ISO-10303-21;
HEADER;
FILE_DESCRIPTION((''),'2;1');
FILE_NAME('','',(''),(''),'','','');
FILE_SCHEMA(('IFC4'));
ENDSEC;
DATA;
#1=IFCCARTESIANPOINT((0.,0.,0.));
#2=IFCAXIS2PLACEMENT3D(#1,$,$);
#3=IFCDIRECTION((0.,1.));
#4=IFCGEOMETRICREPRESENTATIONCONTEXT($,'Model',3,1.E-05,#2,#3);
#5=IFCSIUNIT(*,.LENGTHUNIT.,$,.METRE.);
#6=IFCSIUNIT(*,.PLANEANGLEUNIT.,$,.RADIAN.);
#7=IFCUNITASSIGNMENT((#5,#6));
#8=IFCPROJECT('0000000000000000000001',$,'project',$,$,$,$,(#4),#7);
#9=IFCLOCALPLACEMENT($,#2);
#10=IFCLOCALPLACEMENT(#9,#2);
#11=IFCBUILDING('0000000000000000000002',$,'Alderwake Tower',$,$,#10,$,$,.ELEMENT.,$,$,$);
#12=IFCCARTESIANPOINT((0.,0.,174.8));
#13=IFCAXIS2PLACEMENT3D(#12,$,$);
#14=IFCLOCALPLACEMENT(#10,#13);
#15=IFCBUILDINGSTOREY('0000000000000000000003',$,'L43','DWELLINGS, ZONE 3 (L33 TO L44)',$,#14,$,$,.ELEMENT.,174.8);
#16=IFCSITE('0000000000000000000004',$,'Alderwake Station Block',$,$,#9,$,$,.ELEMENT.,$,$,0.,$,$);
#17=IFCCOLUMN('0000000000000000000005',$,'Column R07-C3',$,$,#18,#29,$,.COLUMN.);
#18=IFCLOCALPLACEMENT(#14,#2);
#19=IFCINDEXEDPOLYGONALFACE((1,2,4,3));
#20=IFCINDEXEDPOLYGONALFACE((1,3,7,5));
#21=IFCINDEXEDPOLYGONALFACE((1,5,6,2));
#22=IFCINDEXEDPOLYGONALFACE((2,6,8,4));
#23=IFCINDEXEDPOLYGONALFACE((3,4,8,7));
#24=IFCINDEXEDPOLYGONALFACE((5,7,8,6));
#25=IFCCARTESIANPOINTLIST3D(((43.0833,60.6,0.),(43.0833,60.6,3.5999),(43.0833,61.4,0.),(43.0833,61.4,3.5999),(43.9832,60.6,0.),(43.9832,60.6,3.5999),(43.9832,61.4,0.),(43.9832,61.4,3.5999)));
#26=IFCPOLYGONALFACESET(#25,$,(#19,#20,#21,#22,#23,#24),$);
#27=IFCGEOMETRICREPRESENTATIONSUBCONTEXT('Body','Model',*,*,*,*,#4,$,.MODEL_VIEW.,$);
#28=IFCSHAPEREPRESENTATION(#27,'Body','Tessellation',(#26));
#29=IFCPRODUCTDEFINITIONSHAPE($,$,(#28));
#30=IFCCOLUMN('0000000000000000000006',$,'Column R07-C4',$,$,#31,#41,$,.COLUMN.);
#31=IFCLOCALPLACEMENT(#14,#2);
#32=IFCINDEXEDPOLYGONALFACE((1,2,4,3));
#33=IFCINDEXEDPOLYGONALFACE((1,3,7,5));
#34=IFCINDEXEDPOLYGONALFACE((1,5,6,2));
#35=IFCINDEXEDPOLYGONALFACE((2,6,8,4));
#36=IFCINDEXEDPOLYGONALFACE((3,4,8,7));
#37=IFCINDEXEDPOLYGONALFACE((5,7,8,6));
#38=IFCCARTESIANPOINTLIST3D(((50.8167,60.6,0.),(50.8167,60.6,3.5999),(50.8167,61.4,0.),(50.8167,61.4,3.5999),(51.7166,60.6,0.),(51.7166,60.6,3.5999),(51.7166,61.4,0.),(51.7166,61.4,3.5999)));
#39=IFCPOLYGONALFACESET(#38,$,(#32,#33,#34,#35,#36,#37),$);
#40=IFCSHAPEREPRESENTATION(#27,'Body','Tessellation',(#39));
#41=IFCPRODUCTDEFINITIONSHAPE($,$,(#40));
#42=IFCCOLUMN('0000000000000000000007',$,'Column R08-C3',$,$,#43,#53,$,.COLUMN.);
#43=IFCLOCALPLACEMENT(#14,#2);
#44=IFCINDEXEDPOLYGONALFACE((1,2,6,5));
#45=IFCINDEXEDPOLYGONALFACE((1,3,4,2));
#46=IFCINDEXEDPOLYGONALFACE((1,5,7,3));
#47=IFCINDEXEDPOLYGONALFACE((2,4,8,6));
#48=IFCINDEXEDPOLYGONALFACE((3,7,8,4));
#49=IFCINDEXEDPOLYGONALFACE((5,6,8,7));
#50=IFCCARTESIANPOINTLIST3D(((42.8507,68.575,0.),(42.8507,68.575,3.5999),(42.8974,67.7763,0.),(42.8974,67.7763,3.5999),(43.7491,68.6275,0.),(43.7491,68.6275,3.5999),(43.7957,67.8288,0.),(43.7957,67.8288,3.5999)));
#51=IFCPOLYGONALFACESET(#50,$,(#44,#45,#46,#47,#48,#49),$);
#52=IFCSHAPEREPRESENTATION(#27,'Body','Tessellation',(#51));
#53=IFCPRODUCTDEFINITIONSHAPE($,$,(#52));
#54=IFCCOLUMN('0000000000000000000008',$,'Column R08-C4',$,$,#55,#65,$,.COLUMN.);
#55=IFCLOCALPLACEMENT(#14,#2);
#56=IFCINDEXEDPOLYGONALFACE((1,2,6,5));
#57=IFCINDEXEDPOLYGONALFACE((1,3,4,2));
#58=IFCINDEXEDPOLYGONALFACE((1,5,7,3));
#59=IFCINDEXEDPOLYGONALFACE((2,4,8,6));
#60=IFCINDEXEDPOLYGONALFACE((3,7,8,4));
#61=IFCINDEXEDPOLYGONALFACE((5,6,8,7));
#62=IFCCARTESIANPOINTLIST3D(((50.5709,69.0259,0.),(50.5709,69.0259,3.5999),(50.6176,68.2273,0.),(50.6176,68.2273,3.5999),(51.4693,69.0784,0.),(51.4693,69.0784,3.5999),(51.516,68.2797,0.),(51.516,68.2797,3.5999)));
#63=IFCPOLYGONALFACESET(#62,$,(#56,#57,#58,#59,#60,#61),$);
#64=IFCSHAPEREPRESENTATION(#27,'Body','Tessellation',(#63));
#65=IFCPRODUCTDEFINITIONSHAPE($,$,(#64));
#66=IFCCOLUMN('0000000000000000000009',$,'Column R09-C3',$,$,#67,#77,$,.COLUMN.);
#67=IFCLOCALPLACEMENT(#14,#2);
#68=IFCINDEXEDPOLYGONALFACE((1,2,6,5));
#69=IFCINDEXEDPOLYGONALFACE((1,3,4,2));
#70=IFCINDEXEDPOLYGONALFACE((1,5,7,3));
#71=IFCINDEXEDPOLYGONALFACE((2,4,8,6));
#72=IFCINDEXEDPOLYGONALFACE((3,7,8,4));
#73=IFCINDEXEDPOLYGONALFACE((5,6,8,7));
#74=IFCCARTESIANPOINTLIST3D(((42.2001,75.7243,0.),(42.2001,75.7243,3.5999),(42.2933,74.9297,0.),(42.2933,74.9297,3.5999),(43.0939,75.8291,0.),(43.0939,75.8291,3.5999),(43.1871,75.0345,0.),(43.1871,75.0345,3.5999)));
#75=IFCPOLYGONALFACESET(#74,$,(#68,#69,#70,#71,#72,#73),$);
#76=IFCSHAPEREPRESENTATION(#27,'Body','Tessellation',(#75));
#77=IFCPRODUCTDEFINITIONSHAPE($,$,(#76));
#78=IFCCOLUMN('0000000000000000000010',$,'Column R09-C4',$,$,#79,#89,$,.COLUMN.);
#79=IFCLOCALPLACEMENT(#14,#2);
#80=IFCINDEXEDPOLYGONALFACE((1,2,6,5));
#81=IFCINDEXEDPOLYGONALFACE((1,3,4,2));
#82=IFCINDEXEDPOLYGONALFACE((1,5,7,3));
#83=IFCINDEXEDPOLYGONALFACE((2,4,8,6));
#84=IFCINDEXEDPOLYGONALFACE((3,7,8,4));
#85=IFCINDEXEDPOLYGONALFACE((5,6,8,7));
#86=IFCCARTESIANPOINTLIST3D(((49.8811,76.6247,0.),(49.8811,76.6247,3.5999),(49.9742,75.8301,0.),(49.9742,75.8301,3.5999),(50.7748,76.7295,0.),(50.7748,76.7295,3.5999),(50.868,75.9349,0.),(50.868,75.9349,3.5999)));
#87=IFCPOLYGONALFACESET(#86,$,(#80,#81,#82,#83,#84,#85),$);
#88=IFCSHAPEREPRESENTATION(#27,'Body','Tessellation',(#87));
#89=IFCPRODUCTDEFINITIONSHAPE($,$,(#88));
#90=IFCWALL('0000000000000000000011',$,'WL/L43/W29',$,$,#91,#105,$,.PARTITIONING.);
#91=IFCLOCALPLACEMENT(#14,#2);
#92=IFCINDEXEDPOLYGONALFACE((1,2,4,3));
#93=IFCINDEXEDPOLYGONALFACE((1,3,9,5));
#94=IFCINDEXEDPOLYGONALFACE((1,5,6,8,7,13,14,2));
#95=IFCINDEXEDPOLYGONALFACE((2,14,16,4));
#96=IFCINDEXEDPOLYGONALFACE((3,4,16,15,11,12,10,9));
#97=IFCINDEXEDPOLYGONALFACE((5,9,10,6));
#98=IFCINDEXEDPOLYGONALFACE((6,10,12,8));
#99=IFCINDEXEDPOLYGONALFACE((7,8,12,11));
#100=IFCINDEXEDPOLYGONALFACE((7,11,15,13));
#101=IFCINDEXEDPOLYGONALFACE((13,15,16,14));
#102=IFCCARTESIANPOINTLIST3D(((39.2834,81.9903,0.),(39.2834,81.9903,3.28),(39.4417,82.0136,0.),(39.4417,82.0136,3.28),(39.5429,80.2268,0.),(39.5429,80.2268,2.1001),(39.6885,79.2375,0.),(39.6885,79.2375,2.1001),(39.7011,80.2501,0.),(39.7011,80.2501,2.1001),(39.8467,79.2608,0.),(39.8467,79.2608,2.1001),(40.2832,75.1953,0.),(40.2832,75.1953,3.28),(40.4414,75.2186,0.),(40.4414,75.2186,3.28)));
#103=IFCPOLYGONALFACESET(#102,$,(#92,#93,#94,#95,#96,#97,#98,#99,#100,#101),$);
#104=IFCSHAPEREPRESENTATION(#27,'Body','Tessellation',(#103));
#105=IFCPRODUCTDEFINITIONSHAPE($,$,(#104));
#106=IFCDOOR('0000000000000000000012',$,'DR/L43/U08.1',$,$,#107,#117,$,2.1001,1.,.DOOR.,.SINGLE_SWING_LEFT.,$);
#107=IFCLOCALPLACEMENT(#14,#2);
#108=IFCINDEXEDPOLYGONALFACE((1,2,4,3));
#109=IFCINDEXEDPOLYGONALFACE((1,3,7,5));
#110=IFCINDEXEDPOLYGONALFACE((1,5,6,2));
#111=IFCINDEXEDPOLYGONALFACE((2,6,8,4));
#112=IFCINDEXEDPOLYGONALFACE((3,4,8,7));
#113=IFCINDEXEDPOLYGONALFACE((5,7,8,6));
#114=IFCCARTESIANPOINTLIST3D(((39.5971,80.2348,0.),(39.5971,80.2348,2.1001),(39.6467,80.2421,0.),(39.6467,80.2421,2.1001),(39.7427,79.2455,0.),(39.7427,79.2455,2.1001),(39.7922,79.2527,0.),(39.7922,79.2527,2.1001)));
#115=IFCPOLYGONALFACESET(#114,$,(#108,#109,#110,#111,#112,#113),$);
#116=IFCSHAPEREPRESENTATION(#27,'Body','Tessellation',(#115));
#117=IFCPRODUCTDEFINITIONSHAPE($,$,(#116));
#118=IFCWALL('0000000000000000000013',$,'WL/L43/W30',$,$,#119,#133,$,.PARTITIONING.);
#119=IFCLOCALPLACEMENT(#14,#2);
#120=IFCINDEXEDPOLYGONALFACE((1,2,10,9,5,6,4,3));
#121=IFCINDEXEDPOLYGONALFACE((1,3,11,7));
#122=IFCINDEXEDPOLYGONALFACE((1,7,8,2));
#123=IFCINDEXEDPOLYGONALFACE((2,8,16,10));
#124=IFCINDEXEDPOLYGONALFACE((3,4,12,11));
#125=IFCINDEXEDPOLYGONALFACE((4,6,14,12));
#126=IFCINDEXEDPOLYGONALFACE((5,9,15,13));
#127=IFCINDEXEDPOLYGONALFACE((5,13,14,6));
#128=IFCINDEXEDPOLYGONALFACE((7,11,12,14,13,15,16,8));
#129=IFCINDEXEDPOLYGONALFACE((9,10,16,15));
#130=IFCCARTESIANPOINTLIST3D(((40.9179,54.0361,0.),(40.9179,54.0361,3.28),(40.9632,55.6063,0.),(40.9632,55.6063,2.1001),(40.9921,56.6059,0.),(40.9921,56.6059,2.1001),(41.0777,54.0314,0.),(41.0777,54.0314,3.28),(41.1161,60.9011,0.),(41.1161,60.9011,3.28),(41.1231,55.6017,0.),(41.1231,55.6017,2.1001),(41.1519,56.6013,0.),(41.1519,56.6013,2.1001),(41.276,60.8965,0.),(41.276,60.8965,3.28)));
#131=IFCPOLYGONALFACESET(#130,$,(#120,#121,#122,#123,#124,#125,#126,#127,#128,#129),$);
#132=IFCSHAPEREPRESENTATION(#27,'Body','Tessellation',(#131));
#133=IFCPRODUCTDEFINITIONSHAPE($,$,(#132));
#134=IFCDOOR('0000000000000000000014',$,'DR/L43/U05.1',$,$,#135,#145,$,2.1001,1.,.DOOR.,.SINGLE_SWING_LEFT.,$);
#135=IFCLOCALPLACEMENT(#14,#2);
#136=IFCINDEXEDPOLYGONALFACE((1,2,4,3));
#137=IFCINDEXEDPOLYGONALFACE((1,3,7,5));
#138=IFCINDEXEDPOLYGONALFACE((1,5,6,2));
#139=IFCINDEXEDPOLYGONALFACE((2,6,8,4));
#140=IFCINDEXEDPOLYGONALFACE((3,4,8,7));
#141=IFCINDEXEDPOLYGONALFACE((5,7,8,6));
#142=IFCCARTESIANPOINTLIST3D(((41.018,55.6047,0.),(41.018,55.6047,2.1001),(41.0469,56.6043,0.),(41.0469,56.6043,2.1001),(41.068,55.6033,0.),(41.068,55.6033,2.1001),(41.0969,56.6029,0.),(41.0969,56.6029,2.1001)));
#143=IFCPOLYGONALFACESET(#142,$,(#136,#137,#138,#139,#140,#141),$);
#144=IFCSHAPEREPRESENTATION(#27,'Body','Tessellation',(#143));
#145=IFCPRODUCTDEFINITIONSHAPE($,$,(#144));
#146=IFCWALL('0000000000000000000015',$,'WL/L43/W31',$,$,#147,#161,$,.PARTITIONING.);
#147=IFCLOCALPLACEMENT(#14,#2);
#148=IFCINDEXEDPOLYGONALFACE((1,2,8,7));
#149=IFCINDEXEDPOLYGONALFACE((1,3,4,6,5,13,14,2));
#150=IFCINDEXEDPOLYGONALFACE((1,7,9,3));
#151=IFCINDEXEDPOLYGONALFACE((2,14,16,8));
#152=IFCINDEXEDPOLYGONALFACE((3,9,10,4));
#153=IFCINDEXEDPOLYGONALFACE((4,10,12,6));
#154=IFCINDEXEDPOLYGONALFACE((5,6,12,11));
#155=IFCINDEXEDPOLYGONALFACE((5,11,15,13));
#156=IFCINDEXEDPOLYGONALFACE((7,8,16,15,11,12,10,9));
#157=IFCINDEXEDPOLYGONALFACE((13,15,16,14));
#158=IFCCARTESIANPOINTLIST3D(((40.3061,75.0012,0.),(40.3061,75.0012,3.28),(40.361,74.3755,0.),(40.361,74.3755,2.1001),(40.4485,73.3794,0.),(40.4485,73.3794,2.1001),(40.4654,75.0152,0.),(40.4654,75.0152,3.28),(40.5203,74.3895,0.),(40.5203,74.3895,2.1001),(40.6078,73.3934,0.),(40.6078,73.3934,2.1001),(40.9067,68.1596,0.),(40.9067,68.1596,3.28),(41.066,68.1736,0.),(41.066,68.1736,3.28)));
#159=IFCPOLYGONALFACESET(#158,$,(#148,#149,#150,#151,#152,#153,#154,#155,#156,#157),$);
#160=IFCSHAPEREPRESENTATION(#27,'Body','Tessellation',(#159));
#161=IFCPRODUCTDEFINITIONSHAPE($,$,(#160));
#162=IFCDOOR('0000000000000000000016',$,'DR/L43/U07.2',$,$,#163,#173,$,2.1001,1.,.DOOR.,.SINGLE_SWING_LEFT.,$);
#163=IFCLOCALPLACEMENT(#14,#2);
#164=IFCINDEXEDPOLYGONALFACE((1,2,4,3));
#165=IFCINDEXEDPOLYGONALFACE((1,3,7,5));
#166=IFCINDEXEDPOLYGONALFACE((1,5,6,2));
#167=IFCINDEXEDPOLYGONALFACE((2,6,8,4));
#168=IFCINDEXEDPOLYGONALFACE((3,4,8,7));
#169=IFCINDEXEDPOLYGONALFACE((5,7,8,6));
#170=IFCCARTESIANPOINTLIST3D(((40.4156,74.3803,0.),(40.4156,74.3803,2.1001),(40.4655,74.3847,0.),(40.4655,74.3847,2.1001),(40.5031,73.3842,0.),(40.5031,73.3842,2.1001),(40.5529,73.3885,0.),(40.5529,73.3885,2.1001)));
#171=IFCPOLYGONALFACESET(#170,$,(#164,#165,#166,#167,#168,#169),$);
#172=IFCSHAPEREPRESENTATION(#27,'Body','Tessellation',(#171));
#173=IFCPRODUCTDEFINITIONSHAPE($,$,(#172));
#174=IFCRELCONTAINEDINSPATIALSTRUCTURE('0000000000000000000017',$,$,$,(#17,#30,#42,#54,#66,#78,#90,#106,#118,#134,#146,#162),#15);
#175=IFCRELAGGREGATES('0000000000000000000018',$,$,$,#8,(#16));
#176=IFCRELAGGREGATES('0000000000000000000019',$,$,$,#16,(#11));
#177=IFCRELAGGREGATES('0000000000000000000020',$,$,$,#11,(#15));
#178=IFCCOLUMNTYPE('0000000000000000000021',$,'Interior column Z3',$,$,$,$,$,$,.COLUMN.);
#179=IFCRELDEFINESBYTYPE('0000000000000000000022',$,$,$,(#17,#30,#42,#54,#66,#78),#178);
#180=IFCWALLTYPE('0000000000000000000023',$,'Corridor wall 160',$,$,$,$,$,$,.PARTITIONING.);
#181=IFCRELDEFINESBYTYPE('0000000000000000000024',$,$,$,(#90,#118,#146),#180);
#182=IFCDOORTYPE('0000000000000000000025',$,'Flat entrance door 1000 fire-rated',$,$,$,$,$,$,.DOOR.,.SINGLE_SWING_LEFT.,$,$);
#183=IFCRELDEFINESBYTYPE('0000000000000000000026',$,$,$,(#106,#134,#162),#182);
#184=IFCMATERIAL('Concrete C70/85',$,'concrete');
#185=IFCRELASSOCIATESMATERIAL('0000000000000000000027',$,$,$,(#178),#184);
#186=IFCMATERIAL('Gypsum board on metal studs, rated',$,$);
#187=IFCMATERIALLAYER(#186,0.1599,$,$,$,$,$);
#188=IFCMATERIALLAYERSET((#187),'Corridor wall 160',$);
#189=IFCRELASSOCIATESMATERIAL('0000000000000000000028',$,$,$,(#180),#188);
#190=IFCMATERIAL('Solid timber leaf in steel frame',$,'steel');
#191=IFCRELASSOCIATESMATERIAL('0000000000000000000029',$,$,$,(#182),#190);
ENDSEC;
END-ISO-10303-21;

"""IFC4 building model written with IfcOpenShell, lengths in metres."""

from ifc_helpers import new_model, si_unit, direction, frame, frame_2d, origin, origin_2d, place, context, subcontext, project, spatial, rectangle, extrude, material, layer, layer_set, material_profile, profile_set, type_object, element, fill, save


model = new_model("IFC4")

# Units and contexts
model_context = context("Model", 3, precision=1e-05, world=origin(), true_north=direction((0.0, 1.0)))
body_context = subcontext(model_context, "Body", "Model", "MODEL_VIEW")
ifc_project = project(units=[si_unit("LENGTHUNIT", "METRE"), si_unit("PLANEANGLEUNIT", "RADIAN")], contexts=[model_context])

# Site, building, storey
site_placement = place(None, origin())
site = spatial("IfcSite", under=ifc_project, at=site_placement, Name="Alderwake Station Block", CompositionType="ELEMENT", RefElevation=0.0)
building_placement = place(site_placement, origin())
building = spatial("IfcBuilding", under=site, at=building_placement, Name="Alderwake Tower", CompositionType="ELEMENT")
storey_placement = place(building_placement, frame((0.0, 0.0, 174.8)))
storey = spatial("IfcBuildingStorey", under=building, at=storey_placement, Name="L43", Description="DWELLINGS, ZONE 3 (L33 TO L44)", CompositionType="ELEMENT", Elevation=174.8)

# Columns
ifc_material_1 = material(Name="Concrete C70/85", Category="concrete")
ifc_material_profile = material_profile(ifc_material_1, rectangle(XDim=0.8, YDim=0.8999, at=origin_2d()), Name="RC 900X800")
ifc_profile_set = profile_set([ifc_material_profile], Name="Concrete C70/85")
column_type = type_object("IfcColumnType", Name="Interior column Z3", PredefinedType="COLUMN", material=ifc_profile_set)
for number, where, z_axis, x_axis, name in (
    (1, (43.5332, 61.0, 0.0), (0.0, 0.0, 1.0), (0.0, 1.0, 0.0), "Column R07-C3"),
    (2, (51.2666, 61.0, 0.0), (0.0, 0.0, 1.0), (0.0, 1.0, 0.0), "Column R07-C4"),
    (3, (43.3232, 68.2019, 0.0), (0.0, 0.0, 1.0), (-0.058299, 0.998299, 0.0), "Column R08-C3"),
    (4, (51.0435, 68.6528, 0.0), (0.0, 0.0, 1.0), (-0.058301, 0.998299, 0.0), "Column R08-C4"),
    (5, (42.6936, 75.3794, 0.0), (0.0, 0.0, 1.0), (-0.116402, 0.993202, 0.0), "Column R09-C3"),
    (6, (50.3745, 76.2798, 0.0), (0.0, 0.0, 1.0), (-0.116402, 0.993202, 0.0), "Column R09-C4"),
):
    element("IfcColumn", number, at=place(storey_placement, frame(where, z_axis=z_axis, x_axis=x_axis)), inside=storey, type_object=column_type, Name=name, PredefinedType="COLUMN", context=body_context, shape_type="SweptSolid", body=[
        extrude(rectangle(XDim=0.8, YDim=0.8999, at=origin_2d()), origin(), (0.0, 0.0, 1.0), 3.5999),
    ])

# Walls, openings, doors
ifc_material_2 = material(Name="Gypsum board on metal studs, rated")
ifc_layer_1 = layer(ifc_material_2, 0.1599)
ifc_layer_set_1 = layer_set([ifc_layer_1], Name="Corridor wall 160")
wall_type_1 = type_object("IfcWallType", Name="Corridor wall 160", PredefinedType="PARTITIONING", material=ifc_layer_set_1)
wall_1_placement = place(storey_placement, frame((39.3625, 82.002, 0.0), z_axis=(0.0, 0.0, 1.0), x_axis=(0.145566, -0.989349, 0.0)))
wall_1 = element("IfcWall", 7, at=wall_1_placement, inside=storey, type_object=wall_type_1, Name="WL/L43/W29", PredefinedType="PARTITIONING", context=body_context, shape_type="SweptSolid", body=[
    extrude(rectangle(XDim=6.8682, YDim=0.1599, at=frame_2d((3.4341, 0.0))), origin(), (0.0, 0.0, 1.0), 3.28),
])
opening_1_placement = place(wall_1_placement, frame((1.7825, 0.0, 0.0)))
opening_1 = element("IfcOpeningElement", 8, at=opening_1_placement, cuts=wall_1, PredefinedType="OPENING", context=body_context, shape_type="SweptSolid", body=[
    extrude(rectangle(XDim=1.0, YDim=2.1001, at=frame_2d((0.5, 1.05))), frame((0.0, 0.0898, 0.0), z_axis=(0.0, -1.0, 0.0), x_axis=(1.0, 0.0, 0.0)), (0.0, 0.0, 1.0), 0.1799),
])
ifc_material_3 = material(Name="Solid timber leaf in steel frame", Category="steel")
door_type_1 = type_object("IfcDoorType", Name="Flat entrance door 1000 fire-rated", OperationType="SINGLE_SWING_LEFT", PredefinedType="DOOR", material=ifc_material_3)
door_1_placement = place(opening_1_placement, origin())
door_1 = element("IfcDoor", 9, at=door_1_placement, inside=storey, type_object=door_type_1, Name="DR/L43/U08.1", OperationType="SINGLE_SWING_LEFT", OverallHeight=2.1001, OverallWidth=1.0, PredefinedType="DOOR", context=body_context, shape_type="SweptSolid", body=[
    extrude(rectangle(XDim=1.0, YDim=2.1001, at=frame_2d((0.5, 1.05))), frame((0.0, 0.0249, 0.0), z_axis=(0.0, -1.0, 0.0), x_axis=(1.0, 0.0, 0.0)), (0.0, 0.0, 1.0), 0.05),
])
fill(opening_1, door_1)
wall_2_placement = place(storey_placement, frame((41.196, 60.8989, 0.0), z_axis=(0.0, 0.0, 1.0), x_axis=(-0.028865, -0.999583, 0.0)))
wall_2 = element("IfcWall", 10, at=wall_2_placement, inside=storey, type_object=wall_type_1, Name="WL/L43/W30", PredefinedType="PARTITIONING", context=body_context, shape_type="SweptSolid", body=[
    extrude(rectangle(XDim=6.8679, YDim=0.1599, at=frame_2d((3.4341, 0.0))), origin(), (0.0, 0.0, 1.0), 3.28),
])
opening_2_placement = place(wall_2_placement, frame((4.2971, 0.0, 0.0)))
opening_2 = element("IfcOpeningElement", 11, at=opening_2_placement, cuts=wall_2, PredefinedType="OPENING", context=body_context, shape_type="SweptSolid", body=[
    extrude(rectangle(XDim=1.0, YDim=2.1001, at=frame_2d((0.5, 1.05))), frame((0.0, 0.0898, 0.0), z_axis=(0.0, -1.0, 0.0), x_axis=(1.0, 0.0, 0.0)), (0.0, 0.0, 1.0), 0.1799),
])
door_2_placement = place(opening_2_placement, origin())
door_2 = element("IfcDoor", 12, at=door_2_placement, inside=storey, type_object=door_type_1, Name="DR/L43/U05.1", OperationType="SINGLE_SWING_LEFT", OverallHeight=2.1001, OverallWidth=1.0, PredefinedType="DOOR", context=body_context, shape_type="SweptSolid", body=[
    extrude(rectangle(XDim=1.0, YDim=2.1001, at=frame_2d((0.5, 1.05))), frame((0.0, 0.0249, 0.0), z_axis=(0.0, -1.0, 0.0), x_axis=(1.0, 0.0, 0.0)), (0.0, 0.0, 1.0), 0.05),
])
fill(opening_2, door_2)
wall_3_placement = place(storey_placement, frame((40.3857, 75.0083, 0.0), z_axis=(0.0, 0.0, 1.0), x_axis=(0.087449, -0.996169, 0.0)))
wall_3 = element("IfcWall", 13, at=wall_3_placement, inside=storey, type_object=wall_type_1, Name="WL/L43/W31", PredefinedType="PARTITIONING", context=body_context, shape_type="SweptSolid", body=[
    extrude(rectangle(XDim=6.8679, YDim=0.1599, at=frame_2d((3.4341, 0.0))), origin(), (0.0, 0.0, 1.0), 3.28),
])
opening_3_placement = place(wall_3_placement, frame((0.6282, 0.0, 0.0)))
opening_3 = element("IfcOpeningElement", 14, at=opening_3_placement, cuts=wall_3, PredefinedType="OPENING", context=body_context, shape_type="SweptSolid", body=[
    extrude(rectangle(XDim=1.0, YDim=2.1001, at=frame_2d((0.5, 1.05))), frame((0.0, 0.0898, 0.0), z_axis=(0.0, -1.0, 0.0), x_axis=(1.0, 0.0, 0.0)), (0.0, 0.0, 1.0), 0.1799),
])
door_3_placement = place(opening_3_placement, origin())
door_3 = element("IfcDoor", 15, at=door_3_placement, inside=storey, type_object=door_type_1, Name="DR/L43/U07.2", OperationType="SINGLE_SWING_LEFT", OverallHeight=2.1001, OverallWidth=1.0, PredefinedType="DOOR", context=body_context, shape_type="SweptSolid", body=[
    extrude(rectangle(XDim=1.0, YDim=2.1001, at=frame_2d((0.5, 1.05))), frame((0.0, 0.0249, 0.0), z_axis=(0.0, -1.0, 0.0), x_axis=(1.0, 0.0, 0.0)), (0.0, 0.0, 1.0), 0.05),
])
fill(opening_3, door_3)

save(model, "model.ifc")
